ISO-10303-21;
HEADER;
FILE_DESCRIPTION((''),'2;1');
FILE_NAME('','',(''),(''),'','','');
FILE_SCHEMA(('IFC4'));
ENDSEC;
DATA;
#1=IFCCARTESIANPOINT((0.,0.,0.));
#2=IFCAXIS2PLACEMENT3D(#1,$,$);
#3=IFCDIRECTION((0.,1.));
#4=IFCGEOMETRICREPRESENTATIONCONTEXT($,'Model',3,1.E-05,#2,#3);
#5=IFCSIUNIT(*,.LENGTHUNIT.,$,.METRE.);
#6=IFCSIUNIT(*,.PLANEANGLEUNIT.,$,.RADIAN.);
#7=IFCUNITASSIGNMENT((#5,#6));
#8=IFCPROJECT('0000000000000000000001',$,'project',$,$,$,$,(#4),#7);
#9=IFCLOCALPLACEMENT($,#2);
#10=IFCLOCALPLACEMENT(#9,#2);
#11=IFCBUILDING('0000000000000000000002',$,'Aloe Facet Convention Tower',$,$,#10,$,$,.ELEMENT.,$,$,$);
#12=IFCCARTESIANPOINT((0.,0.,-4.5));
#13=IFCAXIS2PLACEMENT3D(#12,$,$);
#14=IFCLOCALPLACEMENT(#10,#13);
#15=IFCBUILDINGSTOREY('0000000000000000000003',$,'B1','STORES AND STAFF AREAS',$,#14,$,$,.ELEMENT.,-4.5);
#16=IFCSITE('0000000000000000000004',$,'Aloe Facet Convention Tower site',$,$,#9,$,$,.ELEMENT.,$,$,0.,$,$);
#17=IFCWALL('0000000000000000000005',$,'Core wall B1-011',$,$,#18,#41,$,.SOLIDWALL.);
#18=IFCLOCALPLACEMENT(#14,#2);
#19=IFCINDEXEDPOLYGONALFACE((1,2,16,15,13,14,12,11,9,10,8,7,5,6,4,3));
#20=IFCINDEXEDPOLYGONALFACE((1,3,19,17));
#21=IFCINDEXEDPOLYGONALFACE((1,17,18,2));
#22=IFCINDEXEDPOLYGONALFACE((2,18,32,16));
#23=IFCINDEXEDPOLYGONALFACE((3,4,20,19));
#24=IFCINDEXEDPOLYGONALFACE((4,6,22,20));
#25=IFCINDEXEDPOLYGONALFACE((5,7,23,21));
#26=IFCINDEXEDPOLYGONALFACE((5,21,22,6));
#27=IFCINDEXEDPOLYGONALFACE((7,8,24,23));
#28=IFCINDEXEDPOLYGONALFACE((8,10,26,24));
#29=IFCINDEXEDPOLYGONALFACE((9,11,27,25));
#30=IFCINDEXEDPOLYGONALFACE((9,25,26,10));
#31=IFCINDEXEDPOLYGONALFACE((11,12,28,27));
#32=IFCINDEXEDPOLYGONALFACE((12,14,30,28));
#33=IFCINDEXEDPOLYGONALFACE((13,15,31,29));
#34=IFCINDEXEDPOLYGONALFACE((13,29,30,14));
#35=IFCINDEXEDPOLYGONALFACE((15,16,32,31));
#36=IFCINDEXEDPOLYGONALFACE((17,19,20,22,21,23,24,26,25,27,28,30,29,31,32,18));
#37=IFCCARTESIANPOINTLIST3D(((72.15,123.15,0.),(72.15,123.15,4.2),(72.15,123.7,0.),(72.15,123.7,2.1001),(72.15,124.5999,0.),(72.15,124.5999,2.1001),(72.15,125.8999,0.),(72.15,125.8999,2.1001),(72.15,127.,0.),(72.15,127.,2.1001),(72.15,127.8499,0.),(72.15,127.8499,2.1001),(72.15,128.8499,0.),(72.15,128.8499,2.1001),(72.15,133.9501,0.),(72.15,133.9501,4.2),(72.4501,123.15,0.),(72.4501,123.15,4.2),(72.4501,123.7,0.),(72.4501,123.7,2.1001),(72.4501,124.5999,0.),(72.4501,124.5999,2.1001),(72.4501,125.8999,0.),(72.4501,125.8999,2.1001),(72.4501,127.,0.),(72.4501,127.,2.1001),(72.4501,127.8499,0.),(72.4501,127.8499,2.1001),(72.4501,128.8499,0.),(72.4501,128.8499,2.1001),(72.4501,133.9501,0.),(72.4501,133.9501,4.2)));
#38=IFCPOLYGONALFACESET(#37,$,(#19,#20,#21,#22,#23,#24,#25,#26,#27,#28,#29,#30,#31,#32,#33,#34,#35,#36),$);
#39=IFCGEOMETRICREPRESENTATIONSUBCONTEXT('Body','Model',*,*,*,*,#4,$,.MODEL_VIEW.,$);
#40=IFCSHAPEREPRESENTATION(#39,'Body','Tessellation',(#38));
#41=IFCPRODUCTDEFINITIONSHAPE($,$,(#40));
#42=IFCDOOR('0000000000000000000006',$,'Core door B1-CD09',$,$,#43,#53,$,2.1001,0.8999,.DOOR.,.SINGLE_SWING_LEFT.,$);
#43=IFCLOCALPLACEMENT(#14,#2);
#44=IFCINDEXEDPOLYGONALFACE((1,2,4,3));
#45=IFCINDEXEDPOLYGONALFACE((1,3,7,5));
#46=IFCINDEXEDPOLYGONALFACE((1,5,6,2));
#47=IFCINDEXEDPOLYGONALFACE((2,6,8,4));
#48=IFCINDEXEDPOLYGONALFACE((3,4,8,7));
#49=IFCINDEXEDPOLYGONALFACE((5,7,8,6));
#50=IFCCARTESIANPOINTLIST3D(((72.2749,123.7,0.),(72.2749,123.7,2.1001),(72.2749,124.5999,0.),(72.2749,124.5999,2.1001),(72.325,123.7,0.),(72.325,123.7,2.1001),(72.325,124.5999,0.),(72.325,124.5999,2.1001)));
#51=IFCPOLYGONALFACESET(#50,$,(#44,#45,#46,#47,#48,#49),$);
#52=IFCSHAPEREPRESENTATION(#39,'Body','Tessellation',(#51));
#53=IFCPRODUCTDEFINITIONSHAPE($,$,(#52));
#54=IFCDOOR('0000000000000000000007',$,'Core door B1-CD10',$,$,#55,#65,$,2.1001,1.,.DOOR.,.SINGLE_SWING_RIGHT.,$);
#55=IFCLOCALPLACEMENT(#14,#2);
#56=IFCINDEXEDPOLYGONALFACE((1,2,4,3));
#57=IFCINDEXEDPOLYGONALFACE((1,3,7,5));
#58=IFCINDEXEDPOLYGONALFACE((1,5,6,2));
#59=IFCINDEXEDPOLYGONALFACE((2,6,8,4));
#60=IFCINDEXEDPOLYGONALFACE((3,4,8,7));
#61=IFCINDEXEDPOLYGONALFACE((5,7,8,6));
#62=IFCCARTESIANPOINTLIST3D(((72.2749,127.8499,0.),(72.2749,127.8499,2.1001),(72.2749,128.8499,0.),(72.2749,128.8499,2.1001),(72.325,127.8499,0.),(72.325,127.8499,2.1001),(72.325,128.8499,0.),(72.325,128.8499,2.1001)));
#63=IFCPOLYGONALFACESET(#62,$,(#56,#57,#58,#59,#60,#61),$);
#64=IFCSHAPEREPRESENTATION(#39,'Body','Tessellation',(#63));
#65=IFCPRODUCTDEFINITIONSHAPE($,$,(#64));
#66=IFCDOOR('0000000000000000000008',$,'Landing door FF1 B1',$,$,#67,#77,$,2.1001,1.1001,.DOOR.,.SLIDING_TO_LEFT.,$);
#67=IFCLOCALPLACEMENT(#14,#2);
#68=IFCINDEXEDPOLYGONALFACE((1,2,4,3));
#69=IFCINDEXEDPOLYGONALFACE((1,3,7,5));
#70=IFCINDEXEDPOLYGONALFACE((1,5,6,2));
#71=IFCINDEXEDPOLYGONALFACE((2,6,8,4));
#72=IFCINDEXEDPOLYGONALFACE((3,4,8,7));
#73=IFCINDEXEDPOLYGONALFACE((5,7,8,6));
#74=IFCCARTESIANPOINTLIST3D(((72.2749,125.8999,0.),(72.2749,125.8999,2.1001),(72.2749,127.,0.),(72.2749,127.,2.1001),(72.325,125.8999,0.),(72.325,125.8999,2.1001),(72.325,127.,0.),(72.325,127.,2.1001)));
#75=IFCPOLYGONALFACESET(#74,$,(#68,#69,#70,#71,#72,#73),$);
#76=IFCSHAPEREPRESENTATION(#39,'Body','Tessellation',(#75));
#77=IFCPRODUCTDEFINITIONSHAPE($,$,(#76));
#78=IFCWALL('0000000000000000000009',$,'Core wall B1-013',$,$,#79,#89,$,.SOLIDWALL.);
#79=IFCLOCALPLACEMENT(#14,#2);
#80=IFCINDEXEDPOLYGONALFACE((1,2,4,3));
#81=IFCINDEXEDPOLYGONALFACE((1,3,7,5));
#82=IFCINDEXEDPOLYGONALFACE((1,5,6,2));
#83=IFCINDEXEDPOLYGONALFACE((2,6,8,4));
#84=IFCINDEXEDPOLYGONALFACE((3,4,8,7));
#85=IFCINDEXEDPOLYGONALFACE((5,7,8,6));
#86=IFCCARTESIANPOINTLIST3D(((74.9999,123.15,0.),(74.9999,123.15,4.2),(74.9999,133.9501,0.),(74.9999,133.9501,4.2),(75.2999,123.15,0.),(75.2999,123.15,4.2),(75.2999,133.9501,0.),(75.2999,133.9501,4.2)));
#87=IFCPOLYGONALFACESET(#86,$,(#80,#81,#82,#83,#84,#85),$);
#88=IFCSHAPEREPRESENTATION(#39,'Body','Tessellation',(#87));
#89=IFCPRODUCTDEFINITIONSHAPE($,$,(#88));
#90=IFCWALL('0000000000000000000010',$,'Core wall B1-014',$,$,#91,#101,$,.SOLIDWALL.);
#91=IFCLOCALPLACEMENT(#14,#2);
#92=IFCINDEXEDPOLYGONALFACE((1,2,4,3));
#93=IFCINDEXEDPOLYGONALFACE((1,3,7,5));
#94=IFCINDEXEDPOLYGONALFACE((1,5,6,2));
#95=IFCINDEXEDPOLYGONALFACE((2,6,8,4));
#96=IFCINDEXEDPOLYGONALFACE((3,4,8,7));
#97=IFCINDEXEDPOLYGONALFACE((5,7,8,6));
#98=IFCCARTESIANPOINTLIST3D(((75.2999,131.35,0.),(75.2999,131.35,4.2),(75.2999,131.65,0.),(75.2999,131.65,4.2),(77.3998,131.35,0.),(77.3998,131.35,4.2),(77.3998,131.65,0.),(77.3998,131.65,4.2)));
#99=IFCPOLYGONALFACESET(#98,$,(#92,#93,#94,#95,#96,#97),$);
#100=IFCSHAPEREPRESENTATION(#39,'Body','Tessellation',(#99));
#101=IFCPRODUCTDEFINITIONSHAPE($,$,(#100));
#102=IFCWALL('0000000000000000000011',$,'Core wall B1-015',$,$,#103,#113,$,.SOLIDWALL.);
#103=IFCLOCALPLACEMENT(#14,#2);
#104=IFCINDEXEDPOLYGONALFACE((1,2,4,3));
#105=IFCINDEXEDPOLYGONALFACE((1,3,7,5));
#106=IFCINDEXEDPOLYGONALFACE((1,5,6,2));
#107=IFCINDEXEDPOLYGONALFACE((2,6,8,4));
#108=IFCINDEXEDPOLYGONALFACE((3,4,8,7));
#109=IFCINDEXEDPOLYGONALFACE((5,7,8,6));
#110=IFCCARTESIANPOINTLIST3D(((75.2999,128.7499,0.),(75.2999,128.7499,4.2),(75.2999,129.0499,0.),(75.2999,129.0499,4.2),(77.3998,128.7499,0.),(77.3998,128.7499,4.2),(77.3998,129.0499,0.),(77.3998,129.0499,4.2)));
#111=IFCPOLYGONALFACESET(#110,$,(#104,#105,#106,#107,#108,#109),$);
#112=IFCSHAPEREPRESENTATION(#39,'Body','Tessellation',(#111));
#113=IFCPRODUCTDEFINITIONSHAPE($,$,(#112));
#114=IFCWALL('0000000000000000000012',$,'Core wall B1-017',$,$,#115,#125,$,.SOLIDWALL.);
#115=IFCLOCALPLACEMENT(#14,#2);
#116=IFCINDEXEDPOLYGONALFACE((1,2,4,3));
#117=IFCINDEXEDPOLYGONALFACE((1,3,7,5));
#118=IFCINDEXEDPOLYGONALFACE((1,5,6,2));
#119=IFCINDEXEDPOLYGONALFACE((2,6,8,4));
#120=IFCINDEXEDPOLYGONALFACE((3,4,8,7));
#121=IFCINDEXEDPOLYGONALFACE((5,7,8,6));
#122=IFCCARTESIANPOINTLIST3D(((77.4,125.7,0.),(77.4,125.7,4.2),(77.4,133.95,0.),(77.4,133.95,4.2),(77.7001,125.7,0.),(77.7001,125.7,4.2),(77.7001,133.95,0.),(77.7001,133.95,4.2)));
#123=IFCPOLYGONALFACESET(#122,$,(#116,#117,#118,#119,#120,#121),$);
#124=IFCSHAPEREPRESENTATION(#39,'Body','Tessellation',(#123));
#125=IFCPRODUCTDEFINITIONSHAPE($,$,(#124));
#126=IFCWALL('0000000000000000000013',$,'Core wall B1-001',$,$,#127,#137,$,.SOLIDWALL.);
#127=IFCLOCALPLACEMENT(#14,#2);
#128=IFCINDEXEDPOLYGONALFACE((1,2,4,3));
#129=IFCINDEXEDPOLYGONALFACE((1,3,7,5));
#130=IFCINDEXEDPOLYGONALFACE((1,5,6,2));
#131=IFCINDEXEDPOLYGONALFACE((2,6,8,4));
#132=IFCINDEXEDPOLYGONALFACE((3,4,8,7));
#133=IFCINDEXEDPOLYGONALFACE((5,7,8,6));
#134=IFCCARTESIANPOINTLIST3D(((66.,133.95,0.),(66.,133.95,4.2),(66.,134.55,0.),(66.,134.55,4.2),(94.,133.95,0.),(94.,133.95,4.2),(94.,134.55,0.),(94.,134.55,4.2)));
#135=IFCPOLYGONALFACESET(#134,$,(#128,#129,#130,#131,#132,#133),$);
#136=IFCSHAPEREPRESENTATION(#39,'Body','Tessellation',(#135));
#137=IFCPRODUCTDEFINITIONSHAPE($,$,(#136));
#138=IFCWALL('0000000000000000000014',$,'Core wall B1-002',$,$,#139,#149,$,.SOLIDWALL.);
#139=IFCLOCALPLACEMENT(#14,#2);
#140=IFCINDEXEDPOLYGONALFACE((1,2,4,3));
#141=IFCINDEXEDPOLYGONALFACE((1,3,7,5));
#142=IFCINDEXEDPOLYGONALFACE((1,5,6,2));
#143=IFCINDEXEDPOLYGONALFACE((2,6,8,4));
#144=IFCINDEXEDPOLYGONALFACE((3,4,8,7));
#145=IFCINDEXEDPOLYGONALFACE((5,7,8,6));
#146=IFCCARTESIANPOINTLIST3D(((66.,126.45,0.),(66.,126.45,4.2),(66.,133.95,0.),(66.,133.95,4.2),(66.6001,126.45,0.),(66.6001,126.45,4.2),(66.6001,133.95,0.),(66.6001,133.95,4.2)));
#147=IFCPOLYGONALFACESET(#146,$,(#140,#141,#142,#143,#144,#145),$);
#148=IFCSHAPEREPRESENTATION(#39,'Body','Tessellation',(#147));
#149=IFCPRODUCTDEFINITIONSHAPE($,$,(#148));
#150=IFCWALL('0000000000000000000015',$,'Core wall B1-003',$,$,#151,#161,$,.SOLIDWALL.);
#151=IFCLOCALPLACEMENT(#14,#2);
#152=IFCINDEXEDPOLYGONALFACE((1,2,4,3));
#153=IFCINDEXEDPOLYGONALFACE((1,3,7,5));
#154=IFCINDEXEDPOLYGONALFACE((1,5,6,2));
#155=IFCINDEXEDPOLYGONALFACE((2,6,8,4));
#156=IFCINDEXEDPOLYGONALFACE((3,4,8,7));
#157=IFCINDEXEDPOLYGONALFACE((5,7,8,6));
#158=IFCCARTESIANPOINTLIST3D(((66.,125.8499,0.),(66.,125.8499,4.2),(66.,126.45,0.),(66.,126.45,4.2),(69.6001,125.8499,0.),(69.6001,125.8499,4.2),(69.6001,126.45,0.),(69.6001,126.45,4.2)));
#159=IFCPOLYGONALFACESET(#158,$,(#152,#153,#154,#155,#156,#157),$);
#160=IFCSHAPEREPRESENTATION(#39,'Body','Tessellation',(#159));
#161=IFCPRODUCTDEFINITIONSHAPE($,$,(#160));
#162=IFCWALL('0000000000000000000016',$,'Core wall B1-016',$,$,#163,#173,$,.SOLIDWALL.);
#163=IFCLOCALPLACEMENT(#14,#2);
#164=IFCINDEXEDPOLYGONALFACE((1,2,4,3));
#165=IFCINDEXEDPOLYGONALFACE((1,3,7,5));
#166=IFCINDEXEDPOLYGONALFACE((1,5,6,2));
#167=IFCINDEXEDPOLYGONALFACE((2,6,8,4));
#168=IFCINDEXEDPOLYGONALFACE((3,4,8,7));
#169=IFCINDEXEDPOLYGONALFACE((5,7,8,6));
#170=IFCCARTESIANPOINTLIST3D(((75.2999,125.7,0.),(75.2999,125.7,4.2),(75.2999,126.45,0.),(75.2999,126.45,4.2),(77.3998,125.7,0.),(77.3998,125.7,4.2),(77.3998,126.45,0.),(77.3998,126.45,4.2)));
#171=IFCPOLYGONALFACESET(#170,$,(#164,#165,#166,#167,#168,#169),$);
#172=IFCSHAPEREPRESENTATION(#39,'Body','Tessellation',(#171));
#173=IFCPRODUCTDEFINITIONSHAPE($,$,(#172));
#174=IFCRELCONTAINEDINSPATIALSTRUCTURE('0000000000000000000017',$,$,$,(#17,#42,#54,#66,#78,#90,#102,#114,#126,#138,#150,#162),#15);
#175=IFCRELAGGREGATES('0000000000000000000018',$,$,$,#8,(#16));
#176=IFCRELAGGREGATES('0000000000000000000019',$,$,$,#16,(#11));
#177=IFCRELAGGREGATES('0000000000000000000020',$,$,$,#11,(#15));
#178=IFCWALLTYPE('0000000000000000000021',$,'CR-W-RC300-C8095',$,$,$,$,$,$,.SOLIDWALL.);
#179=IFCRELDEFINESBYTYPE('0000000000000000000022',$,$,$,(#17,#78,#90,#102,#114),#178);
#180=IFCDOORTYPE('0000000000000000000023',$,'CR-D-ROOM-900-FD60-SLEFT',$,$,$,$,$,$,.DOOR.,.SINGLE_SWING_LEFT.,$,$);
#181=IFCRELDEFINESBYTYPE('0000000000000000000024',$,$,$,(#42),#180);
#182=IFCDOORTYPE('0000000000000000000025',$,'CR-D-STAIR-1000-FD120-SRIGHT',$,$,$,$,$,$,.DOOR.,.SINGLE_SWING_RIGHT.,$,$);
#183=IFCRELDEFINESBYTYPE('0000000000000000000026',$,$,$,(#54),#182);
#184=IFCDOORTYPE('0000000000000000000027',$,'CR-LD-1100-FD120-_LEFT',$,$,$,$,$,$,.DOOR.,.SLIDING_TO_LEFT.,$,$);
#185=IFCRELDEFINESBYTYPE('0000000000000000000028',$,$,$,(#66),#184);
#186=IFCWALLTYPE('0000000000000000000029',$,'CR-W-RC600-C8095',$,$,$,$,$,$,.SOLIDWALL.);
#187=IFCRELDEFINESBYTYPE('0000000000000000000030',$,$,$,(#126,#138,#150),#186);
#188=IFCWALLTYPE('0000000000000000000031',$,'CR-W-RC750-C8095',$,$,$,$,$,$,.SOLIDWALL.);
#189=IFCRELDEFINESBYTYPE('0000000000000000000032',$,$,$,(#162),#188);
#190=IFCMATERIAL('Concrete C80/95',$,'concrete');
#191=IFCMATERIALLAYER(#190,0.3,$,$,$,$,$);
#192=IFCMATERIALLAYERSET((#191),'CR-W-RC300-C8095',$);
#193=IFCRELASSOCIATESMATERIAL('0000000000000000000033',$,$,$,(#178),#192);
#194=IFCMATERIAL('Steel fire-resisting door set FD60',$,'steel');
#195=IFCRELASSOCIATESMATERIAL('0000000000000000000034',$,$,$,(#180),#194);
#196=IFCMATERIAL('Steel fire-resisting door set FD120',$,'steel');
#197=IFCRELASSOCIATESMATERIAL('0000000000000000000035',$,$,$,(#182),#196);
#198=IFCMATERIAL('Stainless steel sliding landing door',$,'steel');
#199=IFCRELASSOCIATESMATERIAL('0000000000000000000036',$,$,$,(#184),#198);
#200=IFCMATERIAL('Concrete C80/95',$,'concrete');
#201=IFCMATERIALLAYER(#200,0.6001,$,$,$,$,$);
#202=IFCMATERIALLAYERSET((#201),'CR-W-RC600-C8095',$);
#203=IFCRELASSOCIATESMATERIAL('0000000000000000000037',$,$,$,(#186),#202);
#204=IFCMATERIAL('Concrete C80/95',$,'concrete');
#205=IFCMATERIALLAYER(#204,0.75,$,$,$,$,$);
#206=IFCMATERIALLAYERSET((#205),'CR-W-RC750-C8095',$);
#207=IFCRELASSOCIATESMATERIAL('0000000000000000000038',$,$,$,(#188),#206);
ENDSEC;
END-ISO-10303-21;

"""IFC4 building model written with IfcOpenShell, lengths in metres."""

from ifc_helpers import new_model, si_unit, direction, frame, frame_2d, origin, place, context, subcontext, project, spatial, rectangle, extrude, material, layer, layer_set, type_object, element, fill, save


model = new_model("IFC4")

# Units and contexts
model_context = context("Model", 3, precision=1e-05, world=origin(), true_north=direction((0.0, 1.0)))
body_context = subcontext(model_context, "Body", "Model", "MODEL_VIEW")
ifc_project = project(units=[si_unit("LENGTHUNIT", "METRE"), si_unit("PLANEANGLEUNIT", "RADIAN")], contexts=[model_context])

# Site, building, storey
site_placement = place(None, origin())
site = spatial("IfcSite", under=ifc_project, at=site_placement, Name="Aloe Facet Convention Tower site", CompositionType="ELEMENT", RefElevation=0.0)
building_placement = place(site_placement, origin())
building = spatial("IfcBuilding", under=site, at=building_placement, Name="Aloe Facet Convention Tower", CompositionType="ELEMENT")
storey_placement = place(building_placement, frame((0.0, 0.0, -4.5)))
storey = spatial("IfcBuildingStorey", under=building, at=storey_placement, Name="B1", Description="STORES AND STAFF AREAS", CompositionType="ELEMENT", Elevation=-4.5)

# Shared definitions
ifc_material_1 = material(Name="Concrete C80/95", Category="concrete")
ifc_layer_1 = layer(ifc_material_1, 0.3)
ifc_layer_set_1 = layer_set([ifc_layer_1], Name="CR-W-RC300-C8095")
wall_type_1 = type_object("IfcWallType", Name="CR-W-RC300-C8095", PredefinedType="SOLIDWALL", material=ifc_layer_set_1)

# Wall, openings, doors
wall_1_placement = place(storey_placement, frame((72.3, 133.95, 0.0), z_axis=(0.0, 0.0, 1.0), x_axis=(0.0, -1.0, 0.0)))
wall_1 = element("IfcWall", 1, at=wall_1_placement, inside=storey, type_object=wall_type_1, Name="Core wall B1-011", PredefinedType="SOLIDWALL", context=body_context, shape_type="SweptSolid", body=[
    extrude(rectangle(XDim=10.8, YDim=0.3, at=frame_2d((5.3999, 0.0))), origin(), (0.0, 0.0, 1.0), 4.2),
])
opening_1_placement = place(wall_1_placement, frame((6.95, 0.0, 0.0)))
opening_1 = element("IfcOpeningElement", 2, at=opening_1_placement, cuts=wall_1, PredefinedType="OPENING", context=body_context, shape_type="SweptSolid", body=[
    extrude(rectangle(XDim=1.1001, YDim=2.1001, at=frame_2d((0.55, 1.05))), frame((0.0, 0.1602, 0.0), z_axis=(0.0, -1.0, 0.0), x_axis=(1.0, 0.0, 0.0)), (0.0, 0.0, 1.0), 0.3201),
])
opening_2_placement = place(wall_1_placement, frame((9.3501, 0.0, 0.0)))
opening_2 = element("IfcOpeningElement", 3, at=opening_2_placement, cuts=wall_1, PredefinedType="OPENING", context=body_context, shape_type="SweptSolid", body=[
    extrude(rectangle(XDim=0.8999, YDim=2.1001, at=frame_2d((0.45, 1.05))), frame((0.0, 0.1602, 0.0), z_axis=(0.0, -1.0, 0.0), x_axis=(1.0, 0.0, 0.0)), (0.0, 0.0, 1.0), 0.3201),
])
opening_3_placement = place(wall_1_placement, frame((5.1001, 0.0, 0.0)))
opening_3 = element("IfcOpeningElement", 4, at=opening_3_placement, cuts=wall_1, PredefinedType="OPENING", context=body_context, shape_type="SweptSolid", body=[
    extrude(rectangle(XDim=1.0, YDim=2.1001, at=frame_2d((0.5, 1.05))), frame((0.0, 0.1602, 0.0), z_axis=(0.0, -1.0, 0.0), x_axis=(1.0, 0.0, 0.0)), (0.0, 0.0, 1.0), 0.3201),
])
ifc_material_2 = material(Name="Steel fire-resisting door set FD60", Category="steel")
door_type_1 = type_object("IfcDoorType", Name="CR-D-ROOM-900-FD60-SLEFT", OperationType="SINGLE_SWING_LEFT", PredefinedType="DOOR", material=ifc_material_2)
door_1_placement = place(opening_2_placement, origin())
door_1 = element("IfcDoor", 5, at=door_1_placement, inside=storey, type_object=door_type_1, Name="Core door B1-CD09", OperationType="SINGLE_SWING_LEFT", OverallHeight=2.1001, OverallWidth=0.8999, PredefinedType="DOOR", context=body_context, shape_type="SweptSolid", body=[
    extrude(rectangle(XDim=0.8999, YDim=2.1001, at=frame_2d((0.45, 1.05))), frame((0.0, 0.0249, 0.0), z_axis=(0.0, -1.0, 0.0), x_axis=(1.0, 0.0, 0.0)), (0.0, 0.0, 1.0), 0.05),
])
fill(opening_2, door_1)
ifc_material_3 = material(Name="Steel fire-resisting door set FD120", Category="steel")
door_type_2 = type_object("IfcDoorType", Name="CR-D-STAIR-1000-FD120-SRIGHT", OperationType="SINGLE_SWING_RIGHT", PredefinedType="DOOR", material=ifc_material_3)
door_2_placement = place(opening_3_placement, origin())
door_2 = element("IfcDoor", 6, at=door_2_placement, inside=storey, type_object=door_type_2, Name="Core door B1-CD10", OperationType="SINGLE_SWING_RIGHT", OverallHeight=2.1001, OverallWidth=1.0, PredefinedType="DOOR", context=body_context, shape_type="SweptSolid", body=[
    extrude(rectangle(XDim=1.0, YDim=2.1001, at=frame_2d((0.5, 1.05))), frame((0.0, 0.0249, 0.0), z_axis=(0.0, -1.0, 0.0), x_axis=(1.0, 0.0, 0.0)), (0.0, 0.0, 1.0), 0.05),
])
fill(opening_3, door_2)
ifc_material_4 = material(Name="Stainless steel sliding landing door", Category="steel")
door_type_3 = type_object("IfcDoorType", Name="CR-LD-1100-FD120-_LEFT", OperationType="SLIDING_TO_LEFT", PredefinedType="DOOR", material=ifc_material_4)
door_3_placement = place(opening_1_placement, origin())
door_3 = element("IfcDoor", 7, at=door_3_placement, inside=storey, type_object=door_type_3, Name="Landing door FF1 B1", OperationType="SLIDING_TO_LEFT", OverallHeight=2.1001, OverallWidth=1.1001, PredefinedType="DOOR", context=body_context, shape_type="SweptSolid", body=[
    extrude(rectangle(XDim=1.1001, YDim=2.1001, at=frame_2d((0.55, 1.05))), frame((0.0, 0.0249, 0.0), z_axis=(0.0, -1.0, 0.0), x_axis=(1.0, 0.0, 0.0)), (0.0, 0.0, 1.0), 0.05),
])
fill(opening_1, door_3)

# Walls
wall_2_placement = place(storey_placement, frame((75.1499, 133.95, 0.0), z_axis=(0.0, 0.0, 1.0), x_axis=(0.0, -1.0, 0.0)))
element("IfcWall", 8, at=wall_2_placement, inside=storey, type_object=wall_type_1, Name="Core wall B1-013", PredefinedType="SOLIDWALL", context=body_context, shape_type="SweptSolid", body=[
    extrude(rectangle(XDim=10.8, YDim=0.3, at=frame_2d((5.3999, 0.0))), origin(), (0.0, 0.0, 1.0), 4.2),
])
for number, where, z_axis, x_axis, name in (
    (9, (75.3, 131.5, 0.0), (0.0, 0.0, 1.0), (1.0, 0.0, 0.0), "Core wall B1-014"),
    (10, (75.3, 128.8999, 0.0), (0.0, 0.0, 1.0), (1.0, 0.0, 0.0), "Core wall B1-015"),
):
    element("IfcWall", number, at=place(storey_placement, frame(where, z_axis=z_axis, x_axis=x_axis)), inside=storey, type_object=wall_type_1, Name=name, PredefinedType="SOLIDWALL", context=body_context, shape_type="SweptSolid", body=[
        extrude(rectangle(XDim=2.0999, YDim=0.3, at=frame_2d((1.0498, 0.0))), origin(), (0.0, 0.0, 1.0), 4.2),
    ])
wall_3_placement = place(storey_placement, frame((77.55, 133.95, 0.0), z_axis=(0.0, 0.0, 1.0), x_axis=(0.0, -1.0, 0.0)))
element("IfcWall", 11, at=wall_3_placement, inside=storey, type_object=wall_type_1, Name="Core wall B1-017", PredefinedType="SOLIDWALL", context=body_context, shape_type="SweptSolid", body=[
    extrude(rectangle(XDim=8.25, YDim=0.3, at=frame_2d((4.125, 0.0))), origin(), (0.0, 0.0, 1.0), 4.2),
])
ifc_material_5 = material(Name="Concrete C80/95", Category="concrete")
ifc_layer_2 = layer(ifc_material_5, 0.6001)
ifc_layer_set_2 = layer_set([ifc_layer_2], Name="CR-W-RC600-C8095")
wall_type_2 = type_object("IfcWallType", Name="CR-W-RC600-C8095", PredefinedType="SOLIDWALL", material=ifc_layer_set_2)
wall_4_placement = place(storey_placement, frame((66.0, 134.25, 0.0), z_axis=(0.0, 0.0, 1.0), x_axis=(1.0, 0.0, 0.0)))
element("IfcWall", 12, at=wall_4_placement, inside=storey, type_object=wall_type_2, Name="Core wall B1-001", PredefinedType="SOLIDWALL", context=body_context, shape_type="SweptSolid", body=[
    extrude(rectangle(XDim=28.0, YDim=0.6001, at=frame_2d((14.0, 0.0))), origin(), (0.0, 0.0, 1.0), 4.2),
])
wall_5_placement = place(storey_placement, frame((66.3, 133.95, 0.0), z_axis=(0.0, 0.0, 1.0), x_axis=(0.0, -1.0, 0.0)))
element("IfcWall", 13, at=wall_5_placement, inside=storey, type_object=wall_type_2, Name="Core wall B1-002", PredefinedType="SOLIDWALL", context=body_context, shape_type="SweptSolid", body=[
    extrude(rectangle(XDim=7.5, YDim=0.6001, at=frame_2d((3.75, 0.0))), origin(), (0.0, 0.0, 1.0), 4.2),
])
wall_6_placement = place(storey_placement, frame((66.0, 126.1499, 0.0), z_axis=(0.0, 0.0, 1.0), x_axis=(1.0, 0.0, 0.0)))
element("IfcWall", 14, at=wall_6_placement, inside=storey, type_object=wall_type_2, Name="Core wall B1-003", PredefinedType="SOLIDWALL", context=body_context, shape_type="SweptSolid", body=[
    extrude(rectangle(XDim=3.6001, YDim=0.6001, at=frame_2d((1.8, 0.0))), origin(), (0.0, 0.0, 1.0), 4.2),
])
ifc_material_6 = material(Name="Concrete C80/95", Category="concrete")
ifc_layer_3 = layer(ifc_material_6, 0.75)
ifc_layer_set_3 = layer_set([ifc_layer_3], Name="CR-W-RC750-C8095")
wall_type_3 = type_object("IfcWallType", Name="CR-W-RC750-C8095", PredefinedType="SOLIDWALL", material=ifc_layer_set_3)
wall_7_placement = place(storey_placement, frame((75.3, 126.075, 0.0), z_axis=(0.0, 0.0, 1.0), x_axis=(1.0, 0.0, 0.0)))
element("IfcWall", 15, at=wall_7_placement, inside=storey, type_object=wall_type_3, Name="Core wall B1-016", PredefinedType="SOLIDWALL", context=body_context, shape_type="SweptSolid", body=[
    extrude(rectangle(XDim=2.0999, YDim=0.75, at=frame_2d((1.0498, 0.0))), origin(), (0.0, 0.0, 1.0), 4.2),
])

save(model, "model.ifc")
